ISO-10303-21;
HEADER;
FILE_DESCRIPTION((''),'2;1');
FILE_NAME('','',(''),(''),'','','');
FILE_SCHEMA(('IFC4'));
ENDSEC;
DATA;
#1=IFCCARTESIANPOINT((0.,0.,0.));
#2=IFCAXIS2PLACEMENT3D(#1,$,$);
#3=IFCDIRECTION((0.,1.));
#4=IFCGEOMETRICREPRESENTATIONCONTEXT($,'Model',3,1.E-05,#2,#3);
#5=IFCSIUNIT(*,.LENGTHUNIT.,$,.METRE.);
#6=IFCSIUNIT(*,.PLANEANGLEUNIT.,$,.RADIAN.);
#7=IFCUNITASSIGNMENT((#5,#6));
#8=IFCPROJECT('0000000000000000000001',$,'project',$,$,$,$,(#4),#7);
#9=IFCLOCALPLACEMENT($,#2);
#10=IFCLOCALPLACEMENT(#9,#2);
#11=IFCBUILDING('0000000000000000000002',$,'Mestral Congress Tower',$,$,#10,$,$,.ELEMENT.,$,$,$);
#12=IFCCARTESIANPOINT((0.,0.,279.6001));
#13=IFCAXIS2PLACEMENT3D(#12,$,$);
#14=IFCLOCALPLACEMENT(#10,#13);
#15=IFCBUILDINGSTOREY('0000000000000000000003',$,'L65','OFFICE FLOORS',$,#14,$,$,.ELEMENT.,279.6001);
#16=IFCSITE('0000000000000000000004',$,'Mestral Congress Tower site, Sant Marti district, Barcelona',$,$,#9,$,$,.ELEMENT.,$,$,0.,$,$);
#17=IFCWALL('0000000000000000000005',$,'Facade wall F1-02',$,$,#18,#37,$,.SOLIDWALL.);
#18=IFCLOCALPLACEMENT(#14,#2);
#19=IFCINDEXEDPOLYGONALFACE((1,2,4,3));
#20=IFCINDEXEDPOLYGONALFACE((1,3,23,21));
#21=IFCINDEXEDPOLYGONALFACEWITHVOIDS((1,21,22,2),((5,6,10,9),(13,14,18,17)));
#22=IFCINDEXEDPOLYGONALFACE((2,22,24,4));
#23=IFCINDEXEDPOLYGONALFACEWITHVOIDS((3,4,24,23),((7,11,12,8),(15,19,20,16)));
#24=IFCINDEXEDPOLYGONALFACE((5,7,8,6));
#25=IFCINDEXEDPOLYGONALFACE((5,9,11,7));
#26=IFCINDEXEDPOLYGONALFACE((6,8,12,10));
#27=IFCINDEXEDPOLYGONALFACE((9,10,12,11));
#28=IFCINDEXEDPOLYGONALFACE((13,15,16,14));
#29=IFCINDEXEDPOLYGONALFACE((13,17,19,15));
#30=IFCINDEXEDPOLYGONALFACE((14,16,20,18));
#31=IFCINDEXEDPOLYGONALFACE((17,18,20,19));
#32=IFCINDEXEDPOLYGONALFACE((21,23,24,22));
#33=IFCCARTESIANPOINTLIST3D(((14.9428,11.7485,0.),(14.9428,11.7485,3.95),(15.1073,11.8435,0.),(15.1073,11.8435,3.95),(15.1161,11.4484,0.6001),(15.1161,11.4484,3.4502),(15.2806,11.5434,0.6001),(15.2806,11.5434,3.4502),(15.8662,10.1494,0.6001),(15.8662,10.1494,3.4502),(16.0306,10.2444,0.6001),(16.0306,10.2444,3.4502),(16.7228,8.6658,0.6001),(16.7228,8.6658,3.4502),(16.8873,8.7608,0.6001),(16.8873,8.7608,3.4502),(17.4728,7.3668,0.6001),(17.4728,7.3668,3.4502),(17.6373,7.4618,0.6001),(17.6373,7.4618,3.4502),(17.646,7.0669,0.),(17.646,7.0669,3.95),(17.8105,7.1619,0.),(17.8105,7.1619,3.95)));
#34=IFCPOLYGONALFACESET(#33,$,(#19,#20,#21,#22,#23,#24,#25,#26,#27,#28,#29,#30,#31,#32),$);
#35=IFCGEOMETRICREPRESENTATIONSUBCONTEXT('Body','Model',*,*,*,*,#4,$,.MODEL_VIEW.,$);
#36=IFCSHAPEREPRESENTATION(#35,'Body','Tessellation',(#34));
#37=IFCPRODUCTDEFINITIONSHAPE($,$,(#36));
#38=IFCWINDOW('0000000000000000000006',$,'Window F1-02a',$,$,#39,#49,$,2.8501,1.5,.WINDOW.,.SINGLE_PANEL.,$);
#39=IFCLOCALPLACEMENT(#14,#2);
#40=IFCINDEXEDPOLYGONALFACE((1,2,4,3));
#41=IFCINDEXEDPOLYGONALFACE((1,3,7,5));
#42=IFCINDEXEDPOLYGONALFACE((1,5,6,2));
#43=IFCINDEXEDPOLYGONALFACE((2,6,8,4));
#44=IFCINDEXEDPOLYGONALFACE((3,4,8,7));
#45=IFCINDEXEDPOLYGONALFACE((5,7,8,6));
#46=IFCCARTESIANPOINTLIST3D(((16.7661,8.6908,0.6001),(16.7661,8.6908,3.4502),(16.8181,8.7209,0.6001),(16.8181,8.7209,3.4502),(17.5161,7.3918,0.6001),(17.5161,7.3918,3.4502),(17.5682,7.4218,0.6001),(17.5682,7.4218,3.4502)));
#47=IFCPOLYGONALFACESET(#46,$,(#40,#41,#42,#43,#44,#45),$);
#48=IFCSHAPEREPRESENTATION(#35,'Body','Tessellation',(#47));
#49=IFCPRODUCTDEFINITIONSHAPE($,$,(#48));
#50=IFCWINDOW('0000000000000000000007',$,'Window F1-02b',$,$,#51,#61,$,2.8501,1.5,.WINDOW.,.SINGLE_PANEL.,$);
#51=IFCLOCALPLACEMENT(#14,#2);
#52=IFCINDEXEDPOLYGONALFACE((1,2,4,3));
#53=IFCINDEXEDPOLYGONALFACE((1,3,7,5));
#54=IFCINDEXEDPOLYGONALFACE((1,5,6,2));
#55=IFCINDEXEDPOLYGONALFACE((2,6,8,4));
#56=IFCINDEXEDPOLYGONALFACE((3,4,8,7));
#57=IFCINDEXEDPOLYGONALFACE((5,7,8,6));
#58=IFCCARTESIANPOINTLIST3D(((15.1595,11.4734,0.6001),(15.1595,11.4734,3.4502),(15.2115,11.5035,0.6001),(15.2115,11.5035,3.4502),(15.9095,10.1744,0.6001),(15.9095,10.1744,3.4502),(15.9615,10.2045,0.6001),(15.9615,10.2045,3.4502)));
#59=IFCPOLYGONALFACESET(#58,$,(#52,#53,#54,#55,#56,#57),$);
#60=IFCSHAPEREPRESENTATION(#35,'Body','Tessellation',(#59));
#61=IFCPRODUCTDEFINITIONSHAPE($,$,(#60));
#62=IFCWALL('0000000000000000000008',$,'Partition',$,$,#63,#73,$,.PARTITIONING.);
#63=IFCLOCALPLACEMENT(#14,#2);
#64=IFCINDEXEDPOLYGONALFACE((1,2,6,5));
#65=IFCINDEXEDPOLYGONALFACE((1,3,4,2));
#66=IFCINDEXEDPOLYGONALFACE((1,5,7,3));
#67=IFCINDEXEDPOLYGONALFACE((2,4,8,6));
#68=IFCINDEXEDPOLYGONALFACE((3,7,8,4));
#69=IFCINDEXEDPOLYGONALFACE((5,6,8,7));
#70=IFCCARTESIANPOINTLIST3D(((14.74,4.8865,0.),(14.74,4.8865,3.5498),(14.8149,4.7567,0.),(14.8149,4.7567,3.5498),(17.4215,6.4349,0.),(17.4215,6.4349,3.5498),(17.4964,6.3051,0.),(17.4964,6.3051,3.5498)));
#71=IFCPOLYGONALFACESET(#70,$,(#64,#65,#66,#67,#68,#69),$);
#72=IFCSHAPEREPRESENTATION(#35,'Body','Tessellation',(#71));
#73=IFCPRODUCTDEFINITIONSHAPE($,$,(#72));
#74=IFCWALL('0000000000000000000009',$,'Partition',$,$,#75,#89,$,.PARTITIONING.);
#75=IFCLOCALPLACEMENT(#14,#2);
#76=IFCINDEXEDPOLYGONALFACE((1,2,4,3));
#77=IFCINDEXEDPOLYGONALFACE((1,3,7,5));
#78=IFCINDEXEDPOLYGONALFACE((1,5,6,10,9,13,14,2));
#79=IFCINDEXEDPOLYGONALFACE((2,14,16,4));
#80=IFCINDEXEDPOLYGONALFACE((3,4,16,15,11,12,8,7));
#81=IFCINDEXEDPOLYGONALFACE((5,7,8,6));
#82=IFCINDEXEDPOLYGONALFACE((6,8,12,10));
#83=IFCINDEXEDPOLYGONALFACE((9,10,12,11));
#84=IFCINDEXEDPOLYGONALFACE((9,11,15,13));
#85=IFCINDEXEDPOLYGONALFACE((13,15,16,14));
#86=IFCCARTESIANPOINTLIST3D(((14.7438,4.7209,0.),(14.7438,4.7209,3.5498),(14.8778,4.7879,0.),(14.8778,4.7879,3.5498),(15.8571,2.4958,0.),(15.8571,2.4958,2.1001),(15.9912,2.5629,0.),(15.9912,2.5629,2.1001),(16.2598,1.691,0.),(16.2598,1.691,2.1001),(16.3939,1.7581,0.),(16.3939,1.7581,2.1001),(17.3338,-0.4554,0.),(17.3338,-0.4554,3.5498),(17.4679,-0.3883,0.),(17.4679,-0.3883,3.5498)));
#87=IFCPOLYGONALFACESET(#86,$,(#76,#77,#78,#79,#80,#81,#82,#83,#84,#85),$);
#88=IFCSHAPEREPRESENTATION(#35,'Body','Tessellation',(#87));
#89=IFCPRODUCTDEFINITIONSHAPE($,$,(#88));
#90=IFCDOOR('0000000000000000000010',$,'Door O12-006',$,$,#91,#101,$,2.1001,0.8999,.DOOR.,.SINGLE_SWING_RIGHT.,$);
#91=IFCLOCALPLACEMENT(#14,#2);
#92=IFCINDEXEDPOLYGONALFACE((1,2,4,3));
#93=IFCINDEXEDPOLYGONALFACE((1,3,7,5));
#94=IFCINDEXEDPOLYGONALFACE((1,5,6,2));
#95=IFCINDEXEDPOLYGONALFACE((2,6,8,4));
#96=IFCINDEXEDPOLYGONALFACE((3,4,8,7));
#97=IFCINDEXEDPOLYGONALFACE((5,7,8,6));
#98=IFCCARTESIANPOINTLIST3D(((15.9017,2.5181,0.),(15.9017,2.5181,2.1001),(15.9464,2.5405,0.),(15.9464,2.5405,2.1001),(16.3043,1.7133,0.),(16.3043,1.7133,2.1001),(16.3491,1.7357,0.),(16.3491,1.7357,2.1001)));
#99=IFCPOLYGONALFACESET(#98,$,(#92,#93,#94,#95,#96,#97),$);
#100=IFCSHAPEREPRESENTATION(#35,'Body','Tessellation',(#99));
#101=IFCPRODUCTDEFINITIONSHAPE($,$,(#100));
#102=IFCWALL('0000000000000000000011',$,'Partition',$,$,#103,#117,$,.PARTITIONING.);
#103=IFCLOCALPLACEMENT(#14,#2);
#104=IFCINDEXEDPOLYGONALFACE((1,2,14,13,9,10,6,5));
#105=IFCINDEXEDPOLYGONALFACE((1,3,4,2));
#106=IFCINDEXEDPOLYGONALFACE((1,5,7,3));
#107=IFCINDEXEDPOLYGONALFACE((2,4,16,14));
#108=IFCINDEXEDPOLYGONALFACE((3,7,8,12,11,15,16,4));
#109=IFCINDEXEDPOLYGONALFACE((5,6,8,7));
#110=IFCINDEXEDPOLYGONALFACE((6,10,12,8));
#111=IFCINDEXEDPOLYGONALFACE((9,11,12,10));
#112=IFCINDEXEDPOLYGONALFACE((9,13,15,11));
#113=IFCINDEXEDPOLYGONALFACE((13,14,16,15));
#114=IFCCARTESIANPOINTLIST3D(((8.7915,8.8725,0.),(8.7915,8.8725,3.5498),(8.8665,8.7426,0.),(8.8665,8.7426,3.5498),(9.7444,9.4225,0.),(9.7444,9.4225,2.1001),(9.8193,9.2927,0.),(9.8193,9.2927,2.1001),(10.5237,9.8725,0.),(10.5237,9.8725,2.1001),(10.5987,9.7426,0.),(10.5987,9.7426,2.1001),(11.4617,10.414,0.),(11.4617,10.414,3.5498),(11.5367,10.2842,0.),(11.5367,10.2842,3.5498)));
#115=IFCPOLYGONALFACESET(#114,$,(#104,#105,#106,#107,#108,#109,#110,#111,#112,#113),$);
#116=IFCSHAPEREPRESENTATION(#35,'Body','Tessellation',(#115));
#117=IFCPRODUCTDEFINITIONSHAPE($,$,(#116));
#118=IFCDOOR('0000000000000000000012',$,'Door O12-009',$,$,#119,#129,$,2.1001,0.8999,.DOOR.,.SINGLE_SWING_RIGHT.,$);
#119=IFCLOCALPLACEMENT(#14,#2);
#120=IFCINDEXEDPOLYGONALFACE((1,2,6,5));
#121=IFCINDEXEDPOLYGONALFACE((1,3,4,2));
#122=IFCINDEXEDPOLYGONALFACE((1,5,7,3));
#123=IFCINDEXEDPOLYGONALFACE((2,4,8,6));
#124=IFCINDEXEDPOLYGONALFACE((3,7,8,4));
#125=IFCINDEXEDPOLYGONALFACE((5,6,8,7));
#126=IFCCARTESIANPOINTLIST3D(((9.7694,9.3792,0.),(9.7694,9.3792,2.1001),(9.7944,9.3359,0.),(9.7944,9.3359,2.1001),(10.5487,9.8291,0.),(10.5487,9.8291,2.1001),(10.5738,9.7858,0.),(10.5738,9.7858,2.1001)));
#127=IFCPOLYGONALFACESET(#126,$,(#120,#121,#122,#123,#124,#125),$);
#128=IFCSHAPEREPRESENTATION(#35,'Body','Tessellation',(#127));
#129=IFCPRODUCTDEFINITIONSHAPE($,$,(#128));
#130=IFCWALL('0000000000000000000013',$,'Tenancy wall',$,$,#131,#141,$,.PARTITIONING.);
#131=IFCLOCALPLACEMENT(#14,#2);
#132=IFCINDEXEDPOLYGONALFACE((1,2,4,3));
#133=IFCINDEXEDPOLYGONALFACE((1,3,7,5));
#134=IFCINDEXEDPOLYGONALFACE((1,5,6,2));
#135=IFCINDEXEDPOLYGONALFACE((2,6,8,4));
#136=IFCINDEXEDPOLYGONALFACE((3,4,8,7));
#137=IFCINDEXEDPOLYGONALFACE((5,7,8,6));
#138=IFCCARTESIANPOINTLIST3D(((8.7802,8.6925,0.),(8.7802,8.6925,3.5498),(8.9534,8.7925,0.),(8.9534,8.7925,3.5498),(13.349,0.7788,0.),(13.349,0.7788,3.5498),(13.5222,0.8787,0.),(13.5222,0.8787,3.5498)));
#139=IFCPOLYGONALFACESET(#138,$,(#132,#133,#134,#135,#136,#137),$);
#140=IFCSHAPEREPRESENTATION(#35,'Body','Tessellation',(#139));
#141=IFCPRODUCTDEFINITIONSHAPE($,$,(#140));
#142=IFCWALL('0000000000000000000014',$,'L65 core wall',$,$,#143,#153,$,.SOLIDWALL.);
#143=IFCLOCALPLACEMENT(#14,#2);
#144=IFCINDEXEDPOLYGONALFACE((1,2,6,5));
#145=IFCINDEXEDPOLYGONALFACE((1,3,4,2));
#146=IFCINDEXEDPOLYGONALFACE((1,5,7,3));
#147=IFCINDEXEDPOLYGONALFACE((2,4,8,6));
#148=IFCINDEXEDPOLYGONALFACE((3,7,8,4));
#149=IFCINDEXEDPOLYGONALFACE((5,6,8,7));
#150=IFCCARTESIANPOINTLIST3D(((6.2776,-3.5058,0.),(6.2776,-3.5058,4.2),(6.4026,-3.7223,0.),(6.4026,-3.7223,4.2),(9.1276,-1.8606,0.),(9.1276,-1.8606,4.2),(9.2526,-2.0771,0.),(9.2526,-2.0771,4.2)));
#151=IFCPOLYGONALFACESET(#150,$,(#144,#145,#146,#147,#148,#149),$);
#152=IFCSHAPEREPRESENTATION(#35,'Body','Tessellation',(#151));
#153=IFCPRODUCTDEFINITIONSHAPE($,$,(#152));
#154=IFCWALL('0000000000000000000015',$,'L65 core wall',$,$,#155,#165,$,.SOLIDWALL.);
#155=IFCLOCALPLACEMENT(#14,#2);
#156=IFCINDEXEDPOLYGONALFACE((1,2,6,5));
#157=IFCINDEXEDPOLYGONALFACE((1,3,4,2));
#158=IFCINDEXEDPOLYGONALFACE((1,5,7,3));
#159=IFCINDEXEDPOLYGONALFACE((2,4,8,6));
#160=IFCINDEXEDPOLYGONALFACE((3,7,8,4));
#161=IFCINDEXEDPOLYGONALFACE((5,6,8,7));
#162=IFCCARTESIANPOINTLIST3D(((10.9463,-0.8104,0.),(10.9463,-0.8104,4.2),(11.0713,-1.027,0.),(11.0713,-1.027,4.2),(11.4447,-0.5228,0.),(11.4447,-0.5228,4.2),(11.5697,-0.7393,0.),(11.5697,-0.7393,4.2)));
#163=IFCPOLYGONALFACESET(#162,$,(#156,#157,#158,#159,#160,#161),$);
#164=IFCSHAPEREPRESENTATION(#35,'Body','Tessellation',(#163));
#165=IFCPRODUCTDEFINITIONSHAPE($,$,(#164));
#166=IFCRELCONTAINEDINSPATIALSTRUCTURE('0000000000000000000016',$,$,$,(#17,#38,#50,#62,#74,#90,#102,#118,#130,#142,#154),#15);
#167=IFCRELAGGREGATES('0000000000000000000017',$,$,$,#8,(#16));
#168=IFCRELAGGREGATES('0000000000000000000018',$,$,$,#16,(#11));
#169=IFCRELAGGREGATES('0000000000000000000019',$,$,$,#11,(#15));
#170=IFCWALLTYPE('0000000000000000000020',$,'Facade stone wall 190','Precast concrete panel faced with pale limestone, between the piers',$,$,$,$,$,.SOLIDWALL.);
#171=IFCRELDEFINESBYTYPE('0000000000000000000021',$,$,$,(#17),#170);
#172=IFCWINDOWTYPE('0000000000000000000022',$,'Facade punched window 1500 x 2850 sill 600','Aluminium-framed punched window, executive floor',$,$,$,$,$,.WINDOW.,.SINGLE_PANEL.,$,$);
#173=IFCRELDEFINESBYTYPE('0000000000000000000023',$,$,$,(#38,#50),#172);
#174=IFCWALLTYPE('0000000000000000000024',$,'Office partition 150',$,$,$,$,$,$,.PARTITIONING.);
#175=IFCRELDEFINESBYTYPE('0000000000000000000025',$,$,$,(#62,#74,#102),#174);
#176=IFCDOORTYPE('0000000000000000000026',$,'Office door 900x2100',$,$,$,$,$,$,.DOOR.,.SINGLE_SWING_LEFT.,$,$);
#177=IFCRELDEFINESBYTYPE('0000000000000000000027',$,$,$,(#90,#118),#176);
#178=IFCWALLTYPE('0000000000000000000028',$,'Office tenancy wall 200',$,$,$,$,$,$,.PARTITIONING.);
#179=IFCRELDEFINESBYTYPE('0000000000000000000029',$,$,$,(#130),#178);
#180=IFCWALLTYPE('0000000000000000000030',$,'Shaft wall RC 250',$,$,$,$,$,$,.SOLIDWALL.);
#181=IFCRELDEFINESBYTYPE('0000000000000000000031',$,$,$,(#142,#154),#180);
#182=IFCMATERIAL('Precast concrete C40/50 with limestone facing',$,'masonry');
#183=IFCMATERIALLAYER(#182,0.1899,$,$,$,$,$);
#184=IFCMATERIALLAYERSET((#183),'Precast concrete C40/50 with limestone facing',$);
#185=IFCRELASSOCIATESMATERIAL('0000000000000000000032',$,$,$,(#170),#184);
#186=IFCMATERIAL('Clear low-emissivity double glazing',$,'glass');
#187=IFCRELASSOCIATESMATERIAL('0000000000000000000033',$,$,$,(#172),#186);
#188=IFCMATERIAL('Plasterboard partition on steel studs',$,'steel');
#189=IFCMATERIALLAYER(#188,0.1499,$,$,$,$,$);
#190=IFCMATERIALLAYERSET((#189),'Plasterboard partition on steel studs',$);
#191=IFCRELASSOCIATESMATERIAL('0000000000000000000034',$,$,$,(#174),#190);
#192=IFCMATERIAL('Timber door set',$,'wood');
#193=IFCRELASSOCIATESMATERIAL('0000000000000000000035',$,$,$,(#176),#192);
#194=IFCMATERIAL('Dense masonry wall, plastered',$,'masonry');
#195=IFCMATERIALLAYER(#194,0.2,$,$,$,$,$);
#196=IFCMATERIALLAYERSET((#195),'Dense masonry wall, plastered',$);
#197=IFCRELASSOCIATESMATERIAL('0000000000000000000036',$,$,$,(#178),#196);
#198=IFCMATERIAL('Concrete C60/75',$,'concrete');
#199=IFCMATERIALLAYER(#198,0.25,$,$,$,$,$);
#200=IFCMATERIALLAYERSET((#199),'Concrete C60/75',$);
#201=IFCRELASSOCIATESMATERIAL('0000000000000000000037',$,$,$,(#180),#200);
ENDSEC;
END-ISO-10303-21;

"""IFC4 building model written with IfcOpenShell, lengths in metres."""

from ifc_helpers import new_model, si_unit, direction, frame, frame_2d, origin, place, context, subcontext, project, spatial, rectangle, extrude, material, layer, layer_set, type_object, element, fill, save


model = new_model("IFC4")

# Units and contexts
model_context = context("Model", 3, precision=1e-05, world=origin(), true_north=direction((0.0, 1.0)))
body_context = subcontext(model_context, "Body", "Model", "MODEL_VIEW")
ifc_project = project(units=[si_unit("LENGTHUNIT", "METRE"), si_unit("PLANEANGLEUNIT", "RADIAN")], contexts=[model_context])

# Site, building, storey
site_placement = place(None, origin())
site = spatial("IfcSite", under=ifc_project, at=site_placement, Name="Mestral Congress Tower site, Sant Marti district, Barcelona", CompositionType="ELEMENT", RefElevation=0.0)
building_placement = place(site_placement, origin())
building = spatial("IfcBuilding", under=site, at=building_placement, Name="Mestral Congress Tower", CompositionType="ELEMENT")
storey_placement = place(building_placement, frame((0.0, 0.0, 279.6001)))
storey = spatial("IfcBuildingStorey", under=building, at=storey_placement, Name="L65", Description="OFFICE FLOORS", CompositionType="ELEMENT", Elevation=279.6001)

# Shared definitions
ifc_material_1 = material(Name="Concrete C60/75", Category="concrete")

# Wall, openings, windows
ifc_material_2 = material(Name="Precast concrete C40/50 with limestone facing", Category="masonry")
ifc_layer_1 = layer(ifc_material_2, 0.1899)
ifc_layer_set_1 = layer_set([ifc_layer_1], Name="Precast concrete C40/50 with limestone facing")
wall_type_1 = type_object("IfcWallType", Name="Facade stone wall 190", Description="Precast concrete panel faced with pale limestone, between the piers", PredefinedType="SOLIDWALL", material=ifc_layer_set_1)
ifc_material_3 = material(Name="Clear low-emissivity double glazing", Category="glass")
window_type = type_object("IfcWindowType", Name="Facade punched window 1500 x 2850 sill 600", Description="Aluminium-framed punched window, executive floor", PartitioningType="SINGLE_PANEL", PredefinedType="WINDOW", material=ifc_material_3)
wall_1_placement = place(storey_placement, frame((17.7283, 7.1143, 0.0), z_axis=(0.0, 0.0, 1.0), x_axis=(-0.500025, 0.866011, 0.0)))
wall_1 = element("IfcWall", 1, at=wall_1_placement, inside=storey, type_object=wall_type_1, Name="Facade wall F1-02", PredefinedType="SOLIDWALL", context=body_context, shape_type="SweptSolid", body=[
    extrude(rectangle(XDim=5.406, YDim=0.1899, at=frame_2d((2.7031, 0.0))), origin(), (0.0, 0.0, 1.0), 3.95),
])
opening_1_placement = place(wall_1_placement, frame((0.3464, 0.0, 0.6001)))
opening_1 = element("IfcOpeningElement", 2, at=opening_1_placement, cuts=wall_1, PredefinedType="OPENING", context=body_context, shape_type="SweptSolid", body=[
    extrude(rectangle(XDim=1.5, YDim=2.8501, at=frame_2d((0.75, 1.425))), frame((0.0, 0.105, 0.0), z_axis=(0.0, -1.0, 0.0), x_axis=(1.0, 0.0, 0.0)), (0.0, 0.0, 1.0), 0.21),
])
opening_2_placement = place(wall_1_placement, frame((3.5596, 0.0, 0.6001)))
opening_2 = element("IfcOpeningElement", 3, at=opening_2_placement, cuts=wall_1, PredefinedType="OPENING", context=body_context, shape_type="SweptSolid", body=[
    extrude(rectangle(XDim=1.5, YDim=2.8501, at=frame_2d((0.75, 1.425))), frame((0.0, 0.105, 0.0), z_axis=(0.0, -1.0, 0.0), x_axis=(1.0, 0.0, 0.0)), (0.0, 0.0, 1.0), 0.21),
])
window_1_placement = place(opening_1_placement, origin())
window_1 = element("IfcWindow", 4, at=window_1_placement, inside=storey, type_object=window_type, Name="Window F1-02a", OverallHeight=2.8501, OverallWidth=1.5, PartitioningType="SINGLE_PANEL", PredefinedType="WINDOW", context=body_context, shape_type="SweptSolid", body=[
    extrude(rectangle(XDim=1.5, YDim=2.8501, at=frame_2d((0.75, 1.425))), frame((0.0, 0.0449, 0.0), z_axis=(0.0, -1.0, 0.0), x_axis=(1.0, 0.0, 0.0)), (0.0, 0.0, 1.0), 0.0601),
])
fill(opening_1, window_1)
window_2_placement = place(opening_2_placement, origin())
window_2 = element("IfcWindow", 5, at=window_2_placement, inside=storey, type_object=window_type, Name="Window F1-02b", OverallHeight=2.8501, OverallWidth=1.5, PartitioningType="SINGLE_PANEL", PredefinedType="WINDOW", context=body_context, shape_type="SweptSolid", body=[
    extrude(rectangle(XDim=1.5, YDim=2.8501, at=frame_2d((0.75, 1.425))), frame((0.0, 0.0449, 0.0), z_axis=(0.0, -1.0, 0.0), x_axis=(1.0, 0.0, 0.0)), (0.0, 0.0, 1.0), 0.0601),
])
fill(opening_2, window_2)

# Wall
ifc_material_4 = material(Name="Plasterboard partition on steel studs", Category="steel")
ifc_layer_2 = layer(ifc_material_4, 0.1499)
ifc_layer_set_2 = layer_set([ifc_layer_2], Name="Plasterboard partition on steel studs")
wall_type_2 = type_object("IfcWallType", Name="Office partition 150", PredefinedType="PARTITIONING", material=ifc_layer_set_2)
wall_2_placement = place(storey_placement, frame((14.7773, 4.8215, 0.0), z_axis=(0.0, 0.0, 1.0), x_axis=(0.865993, 0.500057, 0.0)))
element("IfcWall", 6, at=wall_2_placement, inside=storey, type_object=wall_type_2, Name="Partition", PredefinedType="PARTITIONING", context=body_context, shape_type="SweptSolid", body=[
    extrude(rectangle(XDim=3.0964, YDim=0.1499, at=frame_2d((1.5483, 0.0))), origin(), (0.0, 0.0, 1.0), 3.5498),
])

# Walls, openings, doors
wall_3_placement = place(storey_placement, frame((14.8108, 4.7544, 0.0), z_axis=(0.0, 0.0, 1.0), x_axis=(0.447484, -0.894292, 0.0)))
wall_3 = element("IfcWall", 7, at=wall_3_placement, inside=storey, type_object=wall_type_2, Name="Partition", PredefinedType="PARTITIONING", context=body_context, shape_type="SweptSolid", body=[
    extrude(rectangle(XDim=5.7881, YDim=0.1499, at=frame_2d((2.894, 0.0))), origin(), (0.0, 0.0, 1.0), 3.5498),
])
opening_3_placement = place(wall_3_placement, frame((2.488, 0.0, 0.0)))
opening_3 = element("IfcOpeningElement", 8, at=opening_3_placement, cuts=wall_3, PredefinedType="OPENING", context=body_context, shape_type="SweptSolid", body=[
    extrude(rectangle(XDim=0.8999, YDim=2.1001, at=frame_2d((0.45, 1.05))), frame((0.0, 0.085, 0.0), z_axis=(0.0, -1.0, 0.0), x_axis=(1.0, 0.0, 0.0)), (0.0, 0.0, 1.0), 0.1699),
])
ifc_material_5 = material(Name="Timber door set", Category="wood")
door_type_1 = type_object("IfcDoorType", Name="Office door 900x2100", OperationType="SINGLE_SWING_LEFT", PredefinedType="DOOR", material=ifc_material_5)
door_1_placement = place(opening_3_placement, origin())
door_1 = element("IfcDoor", 9, at=door_1_placement, inside=storey, type_object=door_type_1, Name="Door O12-006", OperationType="SINGLE_SWING_RIGHT", OverallHeight=2.1001, OverallWidth=0.8999, PredefinedType="DOOR", context=body_context, shape_type="SweptSolid", body=[
    extrude(rectangle(XDim=0.8999, YDim=2.1001, at=frame_2d((0.45, 1.05))), frame((0.0, 0.0249, 0.0), z_axis=(0.0, -1.0, 0.0), x_axis=(1.0, 0.0, 0.0)), (0.0, 0.0, 1.0), 0.05),
])
fill(opening_3, door_1)
wall_4_placement = place(storey_placement, frame((8.8291, 8.8076, 0.0), z_axis=(0.0, 0.0, 1.0), x_axis=(0.866042, 0.499971, 0.0)))
wall_4 = element("IfcWall", 10, at=wall_4_placement, inside=storey, type_object=wall_type_2, Name="Partition", PredefinedType="PARTITIONING", context=body_context, shape_type="SweptSolid", body=[
    extrude(rectangle(XDim=3.0833, YDim=0.1499, at=frame_2d((1.5415, 0.0))), origin(), (0.0, 0.0, 1.0), 3.5498),
])
opening_4_placement = place(wall_4_placement, frame((1.1001, 0.0, 0.0)))
opening_4 = element("IfcOpeningElement", 11, at=opening_4_placement, cuts=wall_4, PredefinedType="OPENING", context=body_context, shape_type="SweptSolid", body=[
    extrude(rectangle(XDim=0.8999, YDim=2.1001, at=frame_2d((0.45, 1.05))), frame((0.0, 0.085, 0.0), z_axis=(0.0, -1.0, 0.0), x_axis=(1.0, 0.0, 0.0)), (0.0, 0.0, 1.0), 0.1699),
])
door_2_placement = place(opening_4_placement, origin())
door_2 = element("IfcDoor", 12, at=door_2_placement, inside=storey, type_object=door_type_1, Name="Door O12-009", OperationType="SINGLE_SWING_RIGHT", OverallHeight=2.1001, OverallWidth=0.8999, PredefinedType="DOOR", context=body_context, shape_type="SweptSolid", body=[
    extrude(rectangle(XDim=0.8999, YDim=2.1001, at=frame_2d((0.45, 1.05))), frame((0.0, 0.0249, 0.0), z_axis=(0.0, -1.0, 0.0), x_axis=(1.0, 0.0, 0.0)), (0.0, 0.0, 1.0), 0.05),
])
fill(opening_4, door_2)

# Walls
ifc_material_6 = material(Name="Dense masonry wall, plastered", Category="masonry")
ifc_layer_3 = layer(ifc_material_6, 0.2)
ifc_layer_set_3 = layer_set([ifc_layer_3], Name="Dense masonry wall, plastered")
wall_type_3 = type_object("IfcWallType", Name="Office tenancy wall 200", PredefinedType="PARTITIONING", material=ifc_layer_set_3)
wall_5_placement = place(storey_placement, frame((13.4355, 0.8289, 0.0), z_axis=(0.0, 0.0, 1.0), x_axis=(-0.499984, 0.866035, 0.0)))
element("IfcWall", 13, at=wall_5_placement, inside=storey, type_object=wall_type_3, Name="Tenancy wall", PredefinedType="PARTITIONING", context=body_context, shape_type="SweptSolid", body=[
    extrude(rectangle(XDim=9.1379, YDim=0.2, at=frame_2d((4.5688, 0.0))), origin(), (0.0, 0.0, 1.0), 3.5498),
])
ifc_layer_4 = layer(ifc_material_1, 0.25)
ifc_layer_set_4 = layer_set([ifc_layer_4], Name="Concrete C60/75")
wall_type_4 = type_object("IfcWallType", Name="Shaft wall RC 250", PredefinedType="SOLIDWALL", material=ifc_layer_set_4)
wall_6_placement = place(storey_placement, frame((9.1902, -1.9688, 0.0), z_axis=(0.0, 0.0, 1.0), x_axis=(-0.866057, -0.499945, 0.0)))
element("IfcWall", 14, at=wall_6_placement, inside=storey, type_object=wall_type_4, Name="L65 core wall", PredefinedType="SOLIDWALL", context=body_context, shape_type="SweptSolid", body=[
    extrude(rectangle(XDim=3.2908, YDim=0.25, at=frame_2d((1.6455, 0.0))), origin(), (0.0, 0.0, 1.0), 4.2),
])
wall_7_placement = place(storey_placement, frame((11.5071, -0.6311, 0.0), z_axis=(0.0, 0.0, 1.0), x_axis=(-0.866094, -0.499882, 0.0)))
element("IfcWall", 15, at=wall_7_placement, inside=storey, type_object=wall_type_4, Name="L65 core wall", PredefinedType="SOLIDWALL", context=body_context, shape_type="SweptSolid", body=[
    extrude(rectangle(XDim=0.5754, YDim=0.25, at=frame_2d((0.2876, 0.0))), origin(), (0.0, 0.0, 1.0), 4.2),
])

save(model, "model.ifc")
